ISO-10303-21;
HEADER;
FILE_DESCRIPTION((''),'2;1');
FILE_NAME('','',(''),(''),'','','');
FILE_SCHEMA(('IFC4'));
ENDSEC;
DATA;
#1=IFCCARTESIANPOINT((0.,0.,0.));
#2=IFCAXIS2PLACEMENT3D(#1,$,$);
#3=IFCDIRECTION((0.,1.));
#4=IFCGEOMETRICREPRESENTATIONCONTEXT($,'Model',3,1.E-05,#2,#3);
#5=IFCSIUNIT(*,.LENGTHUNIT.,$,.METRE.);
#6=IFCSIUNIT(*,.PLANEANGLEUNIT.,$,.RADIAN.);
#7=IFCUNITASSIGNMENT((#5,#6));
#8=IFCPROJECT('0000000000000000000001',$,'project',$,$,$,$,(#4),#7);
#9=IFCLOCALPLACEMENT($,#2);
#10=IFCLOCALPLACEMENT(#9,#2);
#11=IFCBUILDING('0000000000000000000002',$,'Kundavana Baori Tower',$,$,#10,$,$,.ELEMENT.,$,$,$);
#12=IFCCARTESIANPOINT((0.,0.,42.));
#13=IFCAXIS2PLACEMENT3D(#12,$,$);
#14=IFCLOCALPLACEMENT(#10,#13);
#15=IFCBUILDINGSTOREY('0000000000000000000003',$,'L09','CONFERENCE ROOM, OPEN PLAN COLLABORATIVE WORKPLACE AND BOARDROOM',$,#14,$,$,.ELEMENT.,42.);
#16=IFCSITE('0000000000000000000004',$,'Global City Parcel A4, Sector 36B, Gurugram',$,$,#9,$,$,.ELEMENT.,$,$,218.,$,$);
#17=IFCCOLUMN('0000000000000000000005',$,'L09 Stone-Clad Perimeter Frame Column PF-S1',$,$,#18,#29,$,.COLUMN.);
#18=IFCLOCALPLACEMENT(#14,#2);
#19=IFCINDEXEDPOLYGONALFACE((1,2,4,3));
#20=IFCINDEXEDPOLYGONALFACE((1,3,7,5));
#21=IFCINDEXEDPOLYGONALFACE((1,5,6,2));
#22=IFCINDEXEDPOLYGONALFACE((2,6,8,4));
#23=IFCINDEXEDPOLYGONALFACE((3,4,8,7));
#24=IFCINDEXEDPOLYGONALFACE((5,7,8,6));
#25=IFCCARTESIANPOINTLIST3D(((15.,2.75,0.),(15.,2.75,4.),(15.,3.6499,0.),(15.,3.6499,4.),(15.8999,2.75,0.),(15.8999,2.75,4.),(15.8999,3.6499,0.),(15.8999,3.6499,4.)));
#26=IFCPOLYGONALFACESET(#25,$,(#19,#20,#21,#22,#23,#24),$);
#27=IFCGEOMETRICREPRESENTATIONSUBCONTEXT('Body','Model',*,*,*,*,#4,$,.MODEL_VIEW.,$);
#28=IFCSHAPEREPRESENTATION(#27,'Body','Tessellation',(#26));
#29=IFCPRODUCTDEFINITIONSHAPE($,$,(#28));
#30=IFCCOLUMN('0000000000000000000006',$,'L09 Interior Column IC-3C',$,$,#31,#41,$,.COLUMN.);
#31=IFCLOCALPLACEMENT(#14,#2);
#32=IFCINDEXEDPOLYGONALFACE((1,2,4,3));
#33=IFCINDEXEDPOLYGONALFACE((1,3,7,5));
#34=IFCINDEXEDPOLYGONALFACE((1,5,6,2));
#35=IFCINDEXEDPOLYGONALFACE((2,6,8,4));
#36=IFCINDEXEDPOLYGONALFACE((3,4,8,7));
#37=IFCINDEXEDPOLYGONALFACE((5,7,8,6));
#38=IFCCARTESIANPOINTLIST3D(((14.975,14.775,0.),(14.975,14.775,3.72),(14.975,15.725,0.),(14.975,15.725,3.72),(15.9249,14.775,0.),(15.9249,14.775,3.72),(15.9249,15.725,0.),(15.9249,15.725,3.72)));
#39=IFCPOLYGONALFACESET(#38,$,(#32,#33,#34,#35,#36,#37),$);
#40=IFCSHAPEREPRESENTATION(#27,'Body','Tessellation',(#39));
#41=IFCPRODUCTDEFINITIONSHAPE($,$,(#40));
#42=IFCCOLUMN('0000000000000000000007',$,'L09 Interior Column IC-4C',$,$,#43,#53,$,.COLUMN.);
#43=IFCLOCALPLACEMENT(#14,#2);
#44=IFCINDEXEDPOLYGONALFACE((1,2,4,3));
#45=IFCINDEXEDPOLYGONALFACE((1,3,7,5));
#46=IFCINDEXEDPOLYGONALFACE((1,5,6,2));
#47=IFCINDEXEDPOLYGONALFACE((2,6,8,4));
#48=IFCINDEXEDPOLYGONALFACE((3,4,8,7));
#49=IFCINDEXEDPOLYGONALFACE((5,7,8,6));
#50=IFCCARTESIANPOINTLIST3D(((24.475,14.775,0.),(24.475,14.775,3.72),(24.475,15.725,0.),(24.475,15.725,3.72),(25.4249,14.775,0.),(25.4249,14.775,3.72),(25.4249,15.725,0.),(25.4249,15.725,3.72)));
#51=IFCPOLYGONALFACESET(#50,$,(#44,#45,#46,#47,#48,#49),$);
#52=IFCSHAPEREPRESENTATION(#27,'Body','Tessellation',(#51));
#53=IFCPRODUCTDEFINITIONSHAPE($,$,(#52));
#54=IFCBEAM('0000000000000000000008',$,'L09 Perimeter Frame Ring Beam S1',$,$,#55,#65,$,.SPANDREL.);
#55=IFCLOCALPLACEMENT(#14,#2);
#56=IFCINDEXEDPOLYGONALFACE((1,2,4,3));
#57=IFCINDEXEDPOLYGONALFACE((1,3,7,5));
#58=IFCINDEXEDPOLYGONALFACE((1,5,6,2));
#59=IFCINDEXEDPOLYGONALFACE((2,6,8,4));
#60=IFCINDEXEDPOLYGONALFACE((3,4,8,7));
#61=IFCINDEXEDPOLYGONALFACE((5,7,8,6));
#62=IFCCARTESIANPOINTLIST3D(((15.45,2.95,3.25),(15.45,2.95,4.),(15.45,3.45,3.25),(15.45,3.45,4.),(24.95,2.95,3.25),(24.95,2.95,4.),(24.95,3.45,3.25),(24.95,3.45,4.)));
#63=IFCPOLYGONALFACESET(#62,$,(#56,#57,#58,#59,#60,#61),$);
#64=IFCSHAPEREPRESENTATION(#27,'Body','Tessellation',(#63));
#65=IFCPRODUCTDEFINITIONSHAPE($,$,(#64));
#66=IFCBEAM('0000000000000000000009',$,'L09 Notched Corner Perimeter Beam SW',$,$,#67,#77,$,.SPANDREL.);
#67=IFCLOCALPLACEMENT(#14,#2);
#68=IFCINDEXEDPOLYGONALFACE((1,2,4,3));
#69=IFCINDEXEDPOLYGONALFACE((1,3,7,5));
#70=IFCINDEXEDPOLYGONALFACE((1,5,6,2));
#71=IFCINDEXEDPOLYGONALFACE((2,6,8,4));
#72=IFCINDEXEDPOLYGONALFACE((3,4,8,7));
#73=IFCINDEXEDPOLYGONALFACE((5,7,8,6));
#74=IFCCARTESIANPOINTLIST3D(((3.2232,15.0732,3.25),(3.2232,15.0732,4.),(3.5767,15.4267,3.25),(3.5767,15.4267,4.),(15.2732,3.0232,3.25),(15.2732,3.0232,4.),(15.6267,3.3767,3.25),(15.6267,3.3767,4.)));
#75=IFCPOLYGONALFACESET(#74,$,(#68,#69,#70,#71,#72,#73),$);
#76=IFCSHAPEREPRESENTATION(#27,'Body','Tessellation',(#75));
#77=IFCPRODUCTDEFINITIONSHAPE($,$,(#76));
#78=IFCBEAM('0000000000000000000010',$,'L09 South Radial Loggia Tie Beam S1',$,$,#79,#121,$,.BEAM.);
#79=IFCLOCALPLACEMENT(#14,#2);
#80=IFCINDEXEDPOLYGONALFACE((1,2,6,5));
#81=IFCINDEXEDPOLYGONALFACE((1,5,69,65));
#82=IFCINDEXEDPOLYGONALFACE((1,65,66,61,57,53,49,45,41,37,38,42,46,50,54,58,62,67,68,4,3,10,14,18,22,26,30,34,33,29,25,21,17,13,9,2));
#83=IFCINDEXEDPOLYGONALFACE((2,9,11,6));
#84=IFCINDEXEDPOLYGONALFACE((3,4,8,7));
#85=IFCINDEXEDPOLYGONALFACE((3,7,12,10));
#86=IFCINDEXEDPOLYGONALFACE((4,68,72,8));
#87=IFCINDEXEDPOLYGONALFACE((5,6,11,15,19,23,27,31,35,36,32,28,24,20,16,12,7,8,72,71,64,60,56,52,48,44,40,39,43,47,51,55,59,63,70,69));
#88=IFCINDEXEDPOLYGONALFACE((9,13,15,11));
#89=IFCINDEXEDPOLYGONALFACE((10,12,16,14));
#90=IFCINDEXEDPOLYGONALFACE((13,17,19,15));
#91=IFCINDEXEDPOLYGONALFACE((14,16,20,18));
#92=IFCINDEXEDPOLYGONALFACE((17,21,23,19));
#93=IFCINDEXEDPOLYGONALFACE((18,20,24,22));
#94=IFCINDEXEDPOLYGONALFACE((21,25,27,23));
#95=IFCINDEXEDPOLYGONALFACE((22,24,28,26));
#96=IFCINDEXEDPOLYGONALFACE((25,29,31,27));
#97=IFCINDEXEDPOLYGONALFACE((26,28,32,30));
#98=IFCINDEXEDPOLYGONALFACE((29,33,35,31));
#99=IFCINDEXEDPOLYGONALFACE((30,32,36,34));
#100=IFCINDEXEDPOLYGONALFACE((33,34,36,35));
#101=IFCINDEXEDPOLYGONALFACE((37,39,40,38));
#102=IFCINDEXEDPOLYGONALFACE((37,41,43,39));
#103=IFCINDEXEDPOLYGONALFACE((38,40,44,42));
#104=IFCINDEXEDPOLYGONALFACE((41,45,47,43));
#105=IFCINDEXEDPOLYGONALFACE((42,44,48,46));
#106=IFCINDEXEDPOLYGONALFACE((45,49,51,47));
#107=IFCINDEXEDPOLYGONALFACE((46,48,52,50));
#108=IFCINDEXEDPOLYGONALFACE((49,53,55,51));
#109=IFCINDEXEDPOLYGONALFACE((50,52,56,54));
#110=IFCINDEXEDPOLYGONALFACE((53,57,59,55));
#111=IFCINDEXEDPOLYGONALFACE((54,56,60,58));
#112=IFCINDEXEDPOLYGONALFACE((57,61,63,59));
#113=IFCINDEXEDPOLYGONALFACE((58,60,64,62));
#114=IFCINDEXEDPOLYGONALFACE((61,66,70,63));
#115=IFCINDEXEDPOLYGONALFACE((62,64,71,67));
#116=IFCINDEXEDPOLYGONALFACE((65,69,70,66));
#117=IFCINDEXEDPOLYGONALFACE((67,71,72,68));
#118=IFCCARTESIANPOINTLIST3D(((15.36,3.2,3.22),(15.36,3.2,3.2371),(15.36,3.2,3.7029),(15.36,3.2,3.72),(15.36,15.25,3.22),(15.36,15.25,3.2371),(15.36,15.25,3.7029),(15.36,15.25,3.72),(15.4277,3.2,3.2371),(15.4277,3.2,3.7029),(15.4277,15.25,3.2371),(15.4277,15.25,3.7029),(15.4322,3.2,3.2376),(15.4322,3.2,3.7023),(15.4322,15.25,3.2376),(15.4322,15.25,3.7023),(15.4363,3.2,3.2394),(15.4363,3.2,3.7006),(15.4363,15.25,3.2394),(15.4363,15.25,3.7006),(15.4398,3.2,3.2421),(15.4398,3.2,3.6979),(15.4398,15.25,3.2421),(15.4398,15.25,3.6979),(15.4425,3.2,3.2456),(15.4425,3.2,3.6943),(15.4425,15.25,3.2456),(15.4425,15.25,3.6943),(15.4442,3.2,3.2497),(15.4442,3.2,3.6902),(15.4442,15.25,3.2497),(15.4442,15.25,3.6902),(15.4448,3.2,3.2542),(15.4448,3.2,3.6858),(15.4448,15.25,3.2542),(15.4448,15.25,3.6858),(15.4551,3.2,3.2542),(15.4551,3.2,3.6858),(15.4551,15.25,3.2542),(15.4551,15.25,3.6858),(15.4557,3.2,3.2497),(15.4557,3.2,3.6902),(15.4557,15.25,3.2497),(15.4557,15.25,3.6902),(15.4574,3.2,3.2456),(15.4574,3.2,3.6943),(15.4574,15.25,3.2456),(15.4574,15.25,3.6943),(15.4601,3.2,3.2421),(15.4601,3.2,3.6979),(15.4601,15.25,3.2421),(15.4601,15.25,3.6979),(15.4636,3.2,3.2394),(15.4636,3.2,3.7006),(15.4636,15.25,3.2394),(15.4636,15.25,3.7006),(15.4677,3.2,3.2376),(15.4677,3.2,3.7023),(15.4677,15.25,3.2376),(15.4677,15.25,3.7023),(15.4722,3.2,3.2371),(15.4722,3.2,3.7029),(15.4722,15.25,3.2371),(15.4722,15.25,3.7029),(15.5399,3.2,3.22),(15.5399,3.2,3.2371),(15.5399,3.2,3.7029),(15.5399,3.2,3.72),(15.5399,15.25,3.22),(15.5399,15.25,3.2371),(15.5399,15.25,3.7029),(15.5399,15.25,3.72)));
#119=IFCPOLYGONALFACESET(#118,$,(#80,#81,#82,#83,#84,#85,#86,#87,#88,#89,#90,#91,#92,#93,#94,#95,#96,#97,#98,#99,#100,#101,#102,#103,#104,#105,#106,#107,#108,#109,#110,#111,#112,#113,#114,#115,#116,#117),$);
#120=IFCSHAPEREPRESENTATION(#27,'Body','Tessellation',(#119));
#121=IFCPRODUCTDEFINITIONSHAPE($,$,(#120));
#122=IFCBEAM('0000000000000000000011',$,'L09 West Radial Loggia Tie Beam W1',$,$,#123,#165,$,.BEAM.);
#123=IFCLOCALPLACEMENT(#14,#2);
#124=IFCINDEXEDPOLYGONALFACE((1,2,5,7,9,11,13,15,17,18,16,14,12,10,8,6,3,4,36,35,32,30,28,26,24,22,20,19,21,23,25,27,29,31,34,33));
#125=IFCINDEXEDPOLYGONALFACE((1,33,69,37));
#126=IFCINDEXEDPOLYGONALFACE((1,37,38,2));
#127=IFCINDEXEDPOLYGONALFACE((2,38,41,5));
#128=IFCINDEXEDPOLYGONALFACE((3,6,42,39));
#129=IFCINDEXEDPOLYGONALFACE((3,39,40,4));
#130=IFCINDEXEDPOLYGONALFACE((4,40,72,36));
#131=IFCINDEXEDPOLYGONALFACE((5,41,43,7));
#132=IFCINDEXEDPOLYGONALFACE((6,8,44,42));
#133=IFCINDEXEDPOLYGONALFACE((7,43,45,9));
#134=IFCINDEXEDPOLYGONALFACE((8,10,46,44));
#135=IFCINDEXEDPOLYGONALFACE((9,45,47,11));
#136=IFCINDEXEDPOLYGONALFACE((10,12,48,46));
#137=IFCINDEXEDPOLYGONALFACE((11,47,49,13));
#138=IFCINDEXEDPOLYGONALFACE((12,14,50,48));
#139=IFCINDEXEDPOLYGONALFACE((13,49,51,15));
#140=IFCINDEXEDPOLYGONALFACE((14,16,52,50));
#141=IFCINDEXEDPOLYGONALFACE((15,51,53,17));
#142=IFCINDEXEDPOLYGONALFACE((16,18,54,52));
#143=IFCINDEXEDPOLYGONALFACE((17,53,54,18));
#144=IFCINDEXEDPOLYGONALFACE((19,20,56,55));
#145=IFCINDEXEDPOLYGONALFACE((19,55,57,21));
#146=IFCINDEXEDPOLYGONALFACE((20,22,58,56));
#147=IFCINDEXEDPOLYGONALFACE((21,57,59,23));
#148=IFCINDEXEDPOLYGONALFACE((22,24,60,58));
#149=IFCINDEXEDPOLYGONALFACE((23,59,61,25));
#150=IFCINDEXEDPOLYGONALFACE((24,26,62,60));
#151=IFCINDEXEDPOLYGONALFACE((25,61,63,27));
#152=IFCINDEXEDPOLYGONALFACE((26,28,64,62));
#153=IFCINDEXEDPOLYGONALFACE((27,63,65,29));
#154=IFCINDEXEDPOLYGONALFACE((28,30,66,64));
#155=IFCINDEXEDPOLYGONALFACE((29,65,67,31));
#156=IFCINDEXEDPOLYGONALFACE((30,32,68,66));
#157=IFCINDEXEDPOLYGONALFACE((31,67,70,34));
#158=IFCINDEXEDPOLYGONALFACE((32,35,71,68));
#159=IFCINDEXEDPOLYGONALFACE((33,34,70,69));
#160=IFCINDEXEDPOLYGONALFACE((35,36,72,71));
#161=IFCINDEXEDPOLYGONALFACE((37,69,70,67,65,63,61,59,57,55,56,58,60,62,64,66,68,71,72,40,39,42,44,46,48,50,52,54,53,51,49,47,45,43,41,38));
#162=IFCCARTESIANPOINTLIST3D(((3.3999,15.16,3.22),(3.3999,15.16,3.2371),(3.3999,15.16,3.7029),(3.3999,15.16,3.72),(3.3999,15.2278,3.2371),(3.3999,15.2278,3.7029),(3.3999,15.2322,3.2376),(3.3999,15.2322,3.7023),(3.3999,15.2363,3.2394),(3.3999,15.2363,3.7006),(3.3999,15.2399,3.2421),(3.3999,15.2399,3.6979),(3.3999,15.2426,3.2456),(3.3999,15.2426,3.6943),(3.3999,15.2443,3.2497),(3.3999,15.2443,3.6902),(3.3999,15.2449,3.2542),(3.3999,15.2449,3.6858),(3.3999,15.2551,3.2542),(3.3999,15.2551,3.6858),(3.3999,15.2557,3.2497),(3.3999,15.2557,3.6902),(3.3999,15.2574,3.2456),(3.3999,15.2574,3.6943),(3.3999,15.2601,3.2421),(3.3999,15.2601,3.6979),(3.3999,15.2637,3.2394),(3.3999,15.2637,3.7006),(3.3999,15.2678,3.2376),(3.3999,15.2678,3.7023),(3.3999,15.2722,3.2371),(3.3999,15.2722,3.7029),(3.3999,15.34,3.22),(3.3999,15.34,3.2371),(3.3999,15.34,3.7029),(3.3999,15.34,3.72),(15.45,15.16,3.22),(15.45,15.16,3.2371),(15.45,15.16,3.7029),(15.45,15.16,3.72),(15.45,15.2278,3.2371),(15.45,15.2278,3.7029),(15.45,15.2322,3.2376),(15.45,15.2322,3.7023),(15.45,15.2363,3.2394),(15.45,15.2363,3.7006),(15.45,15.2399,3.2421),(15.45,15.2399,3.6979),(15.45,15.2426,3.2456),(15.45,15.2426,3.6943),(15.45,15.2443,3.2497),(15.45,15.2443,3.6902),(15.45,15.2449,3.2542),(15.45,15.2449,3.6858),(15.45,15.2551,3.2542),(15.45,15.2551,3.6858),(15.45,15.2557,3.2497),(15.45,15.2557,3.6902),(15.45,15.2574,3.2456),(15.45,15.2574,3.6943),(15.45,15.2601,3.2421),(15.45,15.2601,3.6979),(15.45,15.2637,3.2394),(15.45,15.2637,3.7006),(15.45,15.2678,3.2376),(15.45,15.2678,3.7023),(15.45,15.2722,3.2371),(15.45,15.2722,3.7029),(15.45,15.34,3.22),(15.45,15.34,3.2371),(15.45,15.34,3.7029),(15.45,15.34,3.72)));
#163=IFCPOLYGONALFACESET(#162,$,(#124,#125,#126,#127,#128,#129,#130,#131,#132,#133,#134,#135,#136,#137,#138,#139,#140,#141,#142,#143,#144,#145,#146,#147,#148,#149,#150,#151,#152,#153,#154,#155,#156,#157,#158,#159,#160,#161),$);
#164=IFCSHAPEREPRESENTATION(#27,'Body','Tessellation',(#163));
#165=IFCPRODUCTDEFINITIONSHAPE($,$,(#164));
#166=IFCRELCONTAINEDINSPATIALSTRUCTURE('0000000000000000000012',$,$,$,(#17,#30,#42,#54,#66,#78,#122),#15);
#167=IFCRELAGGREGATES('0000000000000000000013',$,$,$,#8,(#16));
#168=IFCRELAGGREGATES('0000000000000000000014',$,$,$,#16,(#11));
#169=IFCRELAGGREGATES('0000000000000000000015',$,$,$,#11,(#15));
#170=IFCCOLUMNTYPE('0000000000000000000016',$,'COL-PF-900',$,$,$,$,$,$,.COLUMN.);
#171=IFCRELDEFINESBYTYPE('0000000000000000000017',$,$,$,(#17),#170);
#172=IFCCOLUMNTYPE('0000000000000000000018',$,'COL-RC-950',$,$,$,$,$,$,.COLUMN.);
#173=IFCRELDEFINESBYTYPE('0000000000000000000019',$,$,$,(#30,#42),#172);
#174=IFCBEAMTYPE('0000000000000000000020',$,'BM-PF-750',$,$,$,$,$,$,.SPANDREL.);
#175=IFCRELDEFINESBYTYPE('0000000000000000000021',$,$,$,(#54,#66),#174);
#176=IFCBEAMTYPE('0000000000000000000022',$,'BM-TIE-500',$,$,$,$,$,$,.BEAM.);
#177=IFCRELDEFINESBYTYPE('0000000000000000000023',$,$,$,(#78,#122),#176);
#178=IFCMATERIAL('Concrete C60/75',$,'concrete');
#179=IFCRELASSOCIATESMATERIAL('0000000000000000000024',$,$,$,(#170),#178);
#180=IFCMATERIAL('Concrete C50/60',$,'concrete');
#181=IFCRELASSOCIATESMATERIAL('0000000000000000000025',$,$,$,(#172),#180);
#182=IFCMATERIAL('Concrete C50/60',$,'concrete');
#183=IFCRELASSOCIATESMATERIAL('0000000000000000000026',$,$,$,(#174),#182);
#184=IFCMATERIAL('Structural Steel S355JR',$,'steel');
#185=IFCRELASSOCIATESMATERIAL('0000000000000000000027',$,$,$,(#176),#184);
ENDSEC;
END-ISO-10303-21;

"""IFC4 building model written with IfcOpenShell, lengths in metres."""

from ifc_helpers import new_model, si_unit, direction, frame, origin, origin_2d, place, context, subcontext, project, spatial, rectangle, i_section, extrude, material, material_profile, profile_set, type_object, element, save


model = new_model("IFC4")

# Units and contexts
model_context = context("Model", 3, precision=1e-05, world=origin(), true_north=direction((0.0, 1.0)))
body_context = subcontext(model_context, "Body", "Model", "MODEL_VIEW")
ifc_project = project(units=[si_unit("LENGTHUNIT", "METRE"), si_unit("PLANEANGLEUNIT", "RADIAN")], contexts=[model_context])

# Site, building, storey
site_placement = place(None, origin())
site = spatial("IfcSite", under=ifc_project, at=site_placement, Name="Global City Parcel A4, Sector 36B, Gurugram", CompositionType="ELEMENT", RefElevation=218.0)
building_placement = place(site_placement, origin())
building = spatial("IfcBuilding", under=site, at=building_placement, Name="Kundavana Baori Tower", CompositionType="ELEMENT")
storey_placement = place(building_placement, frame((0.0, 0.0, 42.0)))
storey = spatial("IfcBuildingStorey", under=building, at=storey_placement, Name="L09", Description="CONFERENCE ROOM, OPEN PLAN COLLABORATIVE WORKPLACE AND BOARDROOM", CompositionType="ELEMENT", Elevation=42.0)

# Columns
ifc_material_1 = material(Name="Concrete C60/75", Category="concrete")
ifc_material_profile_1 = material_profile(ifc_material_1, rectangle(XDim=0.8999, YDim=0.8999, at=origin_2d()), Name="RC PF 900x900")
ifc_profile_set_1 = profile_set([ifc_material_profile_1], Name="Concrete C60/75")
column_type_1 = type_object("IfcColumnType", Name="COL-PF-900", PredefinedType="COLUMN", material=ifc_profile_set_1)
column_placement = place(storey_placement, frame((15.45, 3.2, 0.0), z_axis=(0.0, 0.0, 1.0), x_axis=(1.0, 0.0, 0.0)))
element("IfcColumn", 1, at=column_placement, inside=storey, type_object=column_type_1, Name="L09 Stone-Clad Perimeter Frame Column PF-S1", PredefinedType="COLUMN", context=body_context, shape_type="SweptSolid", body=[
    extrude(rectangle(XDim=0.8999, YDim=0.8999, at=origin_2d()), origin(), (0.0, 0.0, 1.0), 4.0),
])
ifc_material_2 = material(Name="Concrete C50/60", Category="concrete")
ifc_material_profile_2 = material_profile(ifc_material_2, rectangle(XDim=0.95, YDim=0.95, at=origin_2d()), Name="RC 950x950")
ifc_profile_set_2 = profile_set([ifc_material_profile_2], Name="Concrete C50/60")
column_type_2 = type_object("IfcColumnType", Name="COL-RC-950", PredefinedType="COLUMN", material=ifc_profile_set_2)
for number, where, z_axis, x_axis, name in (
    (2, (15.45, 15.25, 0.0), (0.0, 0.0, 1.0), (1.0, 0.0, 0.0), "L09 Interior Column IC-3C"),
    (3, (24.95, 15.25, 0.0), (0.0, 0.0, 1.0), (1.0, 0.0, 0.0), "L09 Interior Column IC-4C"),
):
    element("IfcColumn", number, at=place(storey_placement, frame(where, z_axis=z_axis, x_axis=x_axis)), inside=storey, type_object=column_type_2, Name=name, PredefinedType="COLUMN", context=body_context, shape_type="SweptSolid", body=[
        extrude(rectangle(XDim=0.95, YDim=0.95, at=origin_2d()), origin(), (0.0, 0.0, 1.0), 3.72),
    ])

# Beams
ifc_material_3 = material(Name="Concrete C50/60", Category="concrete")
ifc_material_profile_3 = material_profile(ifc_material_3, rectangle(XDim=0.5, YDim=0.75, at=origin_2d()), Name="RC BM 500x750")
ifc_profile_set_3 = profile_set([ifc_material_profile_3], Name="Concrete C50/60")
beam_type_1 = type_object("IfcBeamType", Name="BM-PF-750", PredefinedType="SPANDREL", material=ifc_profile_set_3)
beam_1_placement = place(storey_placement, frame((15.45, 3.2, 3.625), z_axis=(1.0, 0.0, 0.0), x_axis=(0.0, 1.0, 0.0)))
element("IfcBeam", 4, at=beam_1_placement, inside=storey, type_object=beam_type_1, Name="L09 Perimeter Frame Ring Beam S1", PredefinedType="SPANDREL", context=body_context, shape_type="SweptSolid", body=[
    extrude(rectangle(XDim=0.5, YDim=0.75, at=origin_2d()), origin(), (0.0, 0.0, 1.0), 9.5),
])
beam_2_placement = place(storey_placement, frame((15.45, 3.2, 3.625), z_axis=(-0.707107, 0.707107, 0.0), x_axis=(-0.707107, -0.707107, 0.0)))
element("IfcBeam", 5, at=beam_2_placement, inside=storey, type_object=beam_type_1, Name="L09 Notched Corner Perimeter Beam SW", PredefinedType="SPANDREL", context=body_context, shape_type="SweptSolid", body=[
    extrude(rectangle(XDim=0.5, YDim=0.75, at=origin_2d()), origin(), (0.0, 0.0, 1.0), 17.0413),
])
ifc_material_4 = material(Name="Structural Steel S355JR", Category="steel")
ifc_material_profile_4 = material_profile(ifc_material_4, i_section(OverallWidth=0.1799, OverallDepth=0.5, WebThickness=0.0103, FlangeThickness=0.0171, FilletRadius=0.0171, at=origin_2d()), Name="ISMB 500")
ifc_profile_set_4 = profile_set([ifc_material_profile_4], Name="Structural Steel S355JR")
beam_type_2 = type_object("IfcBeamType", Name="BM-TIE-500", PredefinedType="BEAM", material=ifc_profile_set_4)
for number, where, z_axis, x_axis, name in (
    (6, (15.45, 15.25, 3.47), (0.0, -1.0, 0.0), (1.0, 0.0, 0.0), "L09 South Radial Loggia Tie Beam S1"),
    (7, (15.45, 15.25, 3.47), (-1.0, 0.0, 0.0), (0.0, -1.0, 0.0), "L09 West Radial Loggia Tie Beam W1"),
):
    element("IfcBeam", number, at=place(storey_placement, frame(where, z_axis=z_axis, x_axis=x_axis)), inside=storey, type_object=beam_type_2, Name=name, PredefinedType="BEAM", context=body_context, shape_type="SweptSolid", body=[
        extrude(i_section(OverallWidth=0.1799, OverallDepth=0.5, WebThickness=0.0103, FlangeThickness=0.0171, FilletRadius=0.0171, at=origin_2d()), origin(), (0.0, 0.0, 1.0), 12.05),
    ])

save(model, "model.ifc")
